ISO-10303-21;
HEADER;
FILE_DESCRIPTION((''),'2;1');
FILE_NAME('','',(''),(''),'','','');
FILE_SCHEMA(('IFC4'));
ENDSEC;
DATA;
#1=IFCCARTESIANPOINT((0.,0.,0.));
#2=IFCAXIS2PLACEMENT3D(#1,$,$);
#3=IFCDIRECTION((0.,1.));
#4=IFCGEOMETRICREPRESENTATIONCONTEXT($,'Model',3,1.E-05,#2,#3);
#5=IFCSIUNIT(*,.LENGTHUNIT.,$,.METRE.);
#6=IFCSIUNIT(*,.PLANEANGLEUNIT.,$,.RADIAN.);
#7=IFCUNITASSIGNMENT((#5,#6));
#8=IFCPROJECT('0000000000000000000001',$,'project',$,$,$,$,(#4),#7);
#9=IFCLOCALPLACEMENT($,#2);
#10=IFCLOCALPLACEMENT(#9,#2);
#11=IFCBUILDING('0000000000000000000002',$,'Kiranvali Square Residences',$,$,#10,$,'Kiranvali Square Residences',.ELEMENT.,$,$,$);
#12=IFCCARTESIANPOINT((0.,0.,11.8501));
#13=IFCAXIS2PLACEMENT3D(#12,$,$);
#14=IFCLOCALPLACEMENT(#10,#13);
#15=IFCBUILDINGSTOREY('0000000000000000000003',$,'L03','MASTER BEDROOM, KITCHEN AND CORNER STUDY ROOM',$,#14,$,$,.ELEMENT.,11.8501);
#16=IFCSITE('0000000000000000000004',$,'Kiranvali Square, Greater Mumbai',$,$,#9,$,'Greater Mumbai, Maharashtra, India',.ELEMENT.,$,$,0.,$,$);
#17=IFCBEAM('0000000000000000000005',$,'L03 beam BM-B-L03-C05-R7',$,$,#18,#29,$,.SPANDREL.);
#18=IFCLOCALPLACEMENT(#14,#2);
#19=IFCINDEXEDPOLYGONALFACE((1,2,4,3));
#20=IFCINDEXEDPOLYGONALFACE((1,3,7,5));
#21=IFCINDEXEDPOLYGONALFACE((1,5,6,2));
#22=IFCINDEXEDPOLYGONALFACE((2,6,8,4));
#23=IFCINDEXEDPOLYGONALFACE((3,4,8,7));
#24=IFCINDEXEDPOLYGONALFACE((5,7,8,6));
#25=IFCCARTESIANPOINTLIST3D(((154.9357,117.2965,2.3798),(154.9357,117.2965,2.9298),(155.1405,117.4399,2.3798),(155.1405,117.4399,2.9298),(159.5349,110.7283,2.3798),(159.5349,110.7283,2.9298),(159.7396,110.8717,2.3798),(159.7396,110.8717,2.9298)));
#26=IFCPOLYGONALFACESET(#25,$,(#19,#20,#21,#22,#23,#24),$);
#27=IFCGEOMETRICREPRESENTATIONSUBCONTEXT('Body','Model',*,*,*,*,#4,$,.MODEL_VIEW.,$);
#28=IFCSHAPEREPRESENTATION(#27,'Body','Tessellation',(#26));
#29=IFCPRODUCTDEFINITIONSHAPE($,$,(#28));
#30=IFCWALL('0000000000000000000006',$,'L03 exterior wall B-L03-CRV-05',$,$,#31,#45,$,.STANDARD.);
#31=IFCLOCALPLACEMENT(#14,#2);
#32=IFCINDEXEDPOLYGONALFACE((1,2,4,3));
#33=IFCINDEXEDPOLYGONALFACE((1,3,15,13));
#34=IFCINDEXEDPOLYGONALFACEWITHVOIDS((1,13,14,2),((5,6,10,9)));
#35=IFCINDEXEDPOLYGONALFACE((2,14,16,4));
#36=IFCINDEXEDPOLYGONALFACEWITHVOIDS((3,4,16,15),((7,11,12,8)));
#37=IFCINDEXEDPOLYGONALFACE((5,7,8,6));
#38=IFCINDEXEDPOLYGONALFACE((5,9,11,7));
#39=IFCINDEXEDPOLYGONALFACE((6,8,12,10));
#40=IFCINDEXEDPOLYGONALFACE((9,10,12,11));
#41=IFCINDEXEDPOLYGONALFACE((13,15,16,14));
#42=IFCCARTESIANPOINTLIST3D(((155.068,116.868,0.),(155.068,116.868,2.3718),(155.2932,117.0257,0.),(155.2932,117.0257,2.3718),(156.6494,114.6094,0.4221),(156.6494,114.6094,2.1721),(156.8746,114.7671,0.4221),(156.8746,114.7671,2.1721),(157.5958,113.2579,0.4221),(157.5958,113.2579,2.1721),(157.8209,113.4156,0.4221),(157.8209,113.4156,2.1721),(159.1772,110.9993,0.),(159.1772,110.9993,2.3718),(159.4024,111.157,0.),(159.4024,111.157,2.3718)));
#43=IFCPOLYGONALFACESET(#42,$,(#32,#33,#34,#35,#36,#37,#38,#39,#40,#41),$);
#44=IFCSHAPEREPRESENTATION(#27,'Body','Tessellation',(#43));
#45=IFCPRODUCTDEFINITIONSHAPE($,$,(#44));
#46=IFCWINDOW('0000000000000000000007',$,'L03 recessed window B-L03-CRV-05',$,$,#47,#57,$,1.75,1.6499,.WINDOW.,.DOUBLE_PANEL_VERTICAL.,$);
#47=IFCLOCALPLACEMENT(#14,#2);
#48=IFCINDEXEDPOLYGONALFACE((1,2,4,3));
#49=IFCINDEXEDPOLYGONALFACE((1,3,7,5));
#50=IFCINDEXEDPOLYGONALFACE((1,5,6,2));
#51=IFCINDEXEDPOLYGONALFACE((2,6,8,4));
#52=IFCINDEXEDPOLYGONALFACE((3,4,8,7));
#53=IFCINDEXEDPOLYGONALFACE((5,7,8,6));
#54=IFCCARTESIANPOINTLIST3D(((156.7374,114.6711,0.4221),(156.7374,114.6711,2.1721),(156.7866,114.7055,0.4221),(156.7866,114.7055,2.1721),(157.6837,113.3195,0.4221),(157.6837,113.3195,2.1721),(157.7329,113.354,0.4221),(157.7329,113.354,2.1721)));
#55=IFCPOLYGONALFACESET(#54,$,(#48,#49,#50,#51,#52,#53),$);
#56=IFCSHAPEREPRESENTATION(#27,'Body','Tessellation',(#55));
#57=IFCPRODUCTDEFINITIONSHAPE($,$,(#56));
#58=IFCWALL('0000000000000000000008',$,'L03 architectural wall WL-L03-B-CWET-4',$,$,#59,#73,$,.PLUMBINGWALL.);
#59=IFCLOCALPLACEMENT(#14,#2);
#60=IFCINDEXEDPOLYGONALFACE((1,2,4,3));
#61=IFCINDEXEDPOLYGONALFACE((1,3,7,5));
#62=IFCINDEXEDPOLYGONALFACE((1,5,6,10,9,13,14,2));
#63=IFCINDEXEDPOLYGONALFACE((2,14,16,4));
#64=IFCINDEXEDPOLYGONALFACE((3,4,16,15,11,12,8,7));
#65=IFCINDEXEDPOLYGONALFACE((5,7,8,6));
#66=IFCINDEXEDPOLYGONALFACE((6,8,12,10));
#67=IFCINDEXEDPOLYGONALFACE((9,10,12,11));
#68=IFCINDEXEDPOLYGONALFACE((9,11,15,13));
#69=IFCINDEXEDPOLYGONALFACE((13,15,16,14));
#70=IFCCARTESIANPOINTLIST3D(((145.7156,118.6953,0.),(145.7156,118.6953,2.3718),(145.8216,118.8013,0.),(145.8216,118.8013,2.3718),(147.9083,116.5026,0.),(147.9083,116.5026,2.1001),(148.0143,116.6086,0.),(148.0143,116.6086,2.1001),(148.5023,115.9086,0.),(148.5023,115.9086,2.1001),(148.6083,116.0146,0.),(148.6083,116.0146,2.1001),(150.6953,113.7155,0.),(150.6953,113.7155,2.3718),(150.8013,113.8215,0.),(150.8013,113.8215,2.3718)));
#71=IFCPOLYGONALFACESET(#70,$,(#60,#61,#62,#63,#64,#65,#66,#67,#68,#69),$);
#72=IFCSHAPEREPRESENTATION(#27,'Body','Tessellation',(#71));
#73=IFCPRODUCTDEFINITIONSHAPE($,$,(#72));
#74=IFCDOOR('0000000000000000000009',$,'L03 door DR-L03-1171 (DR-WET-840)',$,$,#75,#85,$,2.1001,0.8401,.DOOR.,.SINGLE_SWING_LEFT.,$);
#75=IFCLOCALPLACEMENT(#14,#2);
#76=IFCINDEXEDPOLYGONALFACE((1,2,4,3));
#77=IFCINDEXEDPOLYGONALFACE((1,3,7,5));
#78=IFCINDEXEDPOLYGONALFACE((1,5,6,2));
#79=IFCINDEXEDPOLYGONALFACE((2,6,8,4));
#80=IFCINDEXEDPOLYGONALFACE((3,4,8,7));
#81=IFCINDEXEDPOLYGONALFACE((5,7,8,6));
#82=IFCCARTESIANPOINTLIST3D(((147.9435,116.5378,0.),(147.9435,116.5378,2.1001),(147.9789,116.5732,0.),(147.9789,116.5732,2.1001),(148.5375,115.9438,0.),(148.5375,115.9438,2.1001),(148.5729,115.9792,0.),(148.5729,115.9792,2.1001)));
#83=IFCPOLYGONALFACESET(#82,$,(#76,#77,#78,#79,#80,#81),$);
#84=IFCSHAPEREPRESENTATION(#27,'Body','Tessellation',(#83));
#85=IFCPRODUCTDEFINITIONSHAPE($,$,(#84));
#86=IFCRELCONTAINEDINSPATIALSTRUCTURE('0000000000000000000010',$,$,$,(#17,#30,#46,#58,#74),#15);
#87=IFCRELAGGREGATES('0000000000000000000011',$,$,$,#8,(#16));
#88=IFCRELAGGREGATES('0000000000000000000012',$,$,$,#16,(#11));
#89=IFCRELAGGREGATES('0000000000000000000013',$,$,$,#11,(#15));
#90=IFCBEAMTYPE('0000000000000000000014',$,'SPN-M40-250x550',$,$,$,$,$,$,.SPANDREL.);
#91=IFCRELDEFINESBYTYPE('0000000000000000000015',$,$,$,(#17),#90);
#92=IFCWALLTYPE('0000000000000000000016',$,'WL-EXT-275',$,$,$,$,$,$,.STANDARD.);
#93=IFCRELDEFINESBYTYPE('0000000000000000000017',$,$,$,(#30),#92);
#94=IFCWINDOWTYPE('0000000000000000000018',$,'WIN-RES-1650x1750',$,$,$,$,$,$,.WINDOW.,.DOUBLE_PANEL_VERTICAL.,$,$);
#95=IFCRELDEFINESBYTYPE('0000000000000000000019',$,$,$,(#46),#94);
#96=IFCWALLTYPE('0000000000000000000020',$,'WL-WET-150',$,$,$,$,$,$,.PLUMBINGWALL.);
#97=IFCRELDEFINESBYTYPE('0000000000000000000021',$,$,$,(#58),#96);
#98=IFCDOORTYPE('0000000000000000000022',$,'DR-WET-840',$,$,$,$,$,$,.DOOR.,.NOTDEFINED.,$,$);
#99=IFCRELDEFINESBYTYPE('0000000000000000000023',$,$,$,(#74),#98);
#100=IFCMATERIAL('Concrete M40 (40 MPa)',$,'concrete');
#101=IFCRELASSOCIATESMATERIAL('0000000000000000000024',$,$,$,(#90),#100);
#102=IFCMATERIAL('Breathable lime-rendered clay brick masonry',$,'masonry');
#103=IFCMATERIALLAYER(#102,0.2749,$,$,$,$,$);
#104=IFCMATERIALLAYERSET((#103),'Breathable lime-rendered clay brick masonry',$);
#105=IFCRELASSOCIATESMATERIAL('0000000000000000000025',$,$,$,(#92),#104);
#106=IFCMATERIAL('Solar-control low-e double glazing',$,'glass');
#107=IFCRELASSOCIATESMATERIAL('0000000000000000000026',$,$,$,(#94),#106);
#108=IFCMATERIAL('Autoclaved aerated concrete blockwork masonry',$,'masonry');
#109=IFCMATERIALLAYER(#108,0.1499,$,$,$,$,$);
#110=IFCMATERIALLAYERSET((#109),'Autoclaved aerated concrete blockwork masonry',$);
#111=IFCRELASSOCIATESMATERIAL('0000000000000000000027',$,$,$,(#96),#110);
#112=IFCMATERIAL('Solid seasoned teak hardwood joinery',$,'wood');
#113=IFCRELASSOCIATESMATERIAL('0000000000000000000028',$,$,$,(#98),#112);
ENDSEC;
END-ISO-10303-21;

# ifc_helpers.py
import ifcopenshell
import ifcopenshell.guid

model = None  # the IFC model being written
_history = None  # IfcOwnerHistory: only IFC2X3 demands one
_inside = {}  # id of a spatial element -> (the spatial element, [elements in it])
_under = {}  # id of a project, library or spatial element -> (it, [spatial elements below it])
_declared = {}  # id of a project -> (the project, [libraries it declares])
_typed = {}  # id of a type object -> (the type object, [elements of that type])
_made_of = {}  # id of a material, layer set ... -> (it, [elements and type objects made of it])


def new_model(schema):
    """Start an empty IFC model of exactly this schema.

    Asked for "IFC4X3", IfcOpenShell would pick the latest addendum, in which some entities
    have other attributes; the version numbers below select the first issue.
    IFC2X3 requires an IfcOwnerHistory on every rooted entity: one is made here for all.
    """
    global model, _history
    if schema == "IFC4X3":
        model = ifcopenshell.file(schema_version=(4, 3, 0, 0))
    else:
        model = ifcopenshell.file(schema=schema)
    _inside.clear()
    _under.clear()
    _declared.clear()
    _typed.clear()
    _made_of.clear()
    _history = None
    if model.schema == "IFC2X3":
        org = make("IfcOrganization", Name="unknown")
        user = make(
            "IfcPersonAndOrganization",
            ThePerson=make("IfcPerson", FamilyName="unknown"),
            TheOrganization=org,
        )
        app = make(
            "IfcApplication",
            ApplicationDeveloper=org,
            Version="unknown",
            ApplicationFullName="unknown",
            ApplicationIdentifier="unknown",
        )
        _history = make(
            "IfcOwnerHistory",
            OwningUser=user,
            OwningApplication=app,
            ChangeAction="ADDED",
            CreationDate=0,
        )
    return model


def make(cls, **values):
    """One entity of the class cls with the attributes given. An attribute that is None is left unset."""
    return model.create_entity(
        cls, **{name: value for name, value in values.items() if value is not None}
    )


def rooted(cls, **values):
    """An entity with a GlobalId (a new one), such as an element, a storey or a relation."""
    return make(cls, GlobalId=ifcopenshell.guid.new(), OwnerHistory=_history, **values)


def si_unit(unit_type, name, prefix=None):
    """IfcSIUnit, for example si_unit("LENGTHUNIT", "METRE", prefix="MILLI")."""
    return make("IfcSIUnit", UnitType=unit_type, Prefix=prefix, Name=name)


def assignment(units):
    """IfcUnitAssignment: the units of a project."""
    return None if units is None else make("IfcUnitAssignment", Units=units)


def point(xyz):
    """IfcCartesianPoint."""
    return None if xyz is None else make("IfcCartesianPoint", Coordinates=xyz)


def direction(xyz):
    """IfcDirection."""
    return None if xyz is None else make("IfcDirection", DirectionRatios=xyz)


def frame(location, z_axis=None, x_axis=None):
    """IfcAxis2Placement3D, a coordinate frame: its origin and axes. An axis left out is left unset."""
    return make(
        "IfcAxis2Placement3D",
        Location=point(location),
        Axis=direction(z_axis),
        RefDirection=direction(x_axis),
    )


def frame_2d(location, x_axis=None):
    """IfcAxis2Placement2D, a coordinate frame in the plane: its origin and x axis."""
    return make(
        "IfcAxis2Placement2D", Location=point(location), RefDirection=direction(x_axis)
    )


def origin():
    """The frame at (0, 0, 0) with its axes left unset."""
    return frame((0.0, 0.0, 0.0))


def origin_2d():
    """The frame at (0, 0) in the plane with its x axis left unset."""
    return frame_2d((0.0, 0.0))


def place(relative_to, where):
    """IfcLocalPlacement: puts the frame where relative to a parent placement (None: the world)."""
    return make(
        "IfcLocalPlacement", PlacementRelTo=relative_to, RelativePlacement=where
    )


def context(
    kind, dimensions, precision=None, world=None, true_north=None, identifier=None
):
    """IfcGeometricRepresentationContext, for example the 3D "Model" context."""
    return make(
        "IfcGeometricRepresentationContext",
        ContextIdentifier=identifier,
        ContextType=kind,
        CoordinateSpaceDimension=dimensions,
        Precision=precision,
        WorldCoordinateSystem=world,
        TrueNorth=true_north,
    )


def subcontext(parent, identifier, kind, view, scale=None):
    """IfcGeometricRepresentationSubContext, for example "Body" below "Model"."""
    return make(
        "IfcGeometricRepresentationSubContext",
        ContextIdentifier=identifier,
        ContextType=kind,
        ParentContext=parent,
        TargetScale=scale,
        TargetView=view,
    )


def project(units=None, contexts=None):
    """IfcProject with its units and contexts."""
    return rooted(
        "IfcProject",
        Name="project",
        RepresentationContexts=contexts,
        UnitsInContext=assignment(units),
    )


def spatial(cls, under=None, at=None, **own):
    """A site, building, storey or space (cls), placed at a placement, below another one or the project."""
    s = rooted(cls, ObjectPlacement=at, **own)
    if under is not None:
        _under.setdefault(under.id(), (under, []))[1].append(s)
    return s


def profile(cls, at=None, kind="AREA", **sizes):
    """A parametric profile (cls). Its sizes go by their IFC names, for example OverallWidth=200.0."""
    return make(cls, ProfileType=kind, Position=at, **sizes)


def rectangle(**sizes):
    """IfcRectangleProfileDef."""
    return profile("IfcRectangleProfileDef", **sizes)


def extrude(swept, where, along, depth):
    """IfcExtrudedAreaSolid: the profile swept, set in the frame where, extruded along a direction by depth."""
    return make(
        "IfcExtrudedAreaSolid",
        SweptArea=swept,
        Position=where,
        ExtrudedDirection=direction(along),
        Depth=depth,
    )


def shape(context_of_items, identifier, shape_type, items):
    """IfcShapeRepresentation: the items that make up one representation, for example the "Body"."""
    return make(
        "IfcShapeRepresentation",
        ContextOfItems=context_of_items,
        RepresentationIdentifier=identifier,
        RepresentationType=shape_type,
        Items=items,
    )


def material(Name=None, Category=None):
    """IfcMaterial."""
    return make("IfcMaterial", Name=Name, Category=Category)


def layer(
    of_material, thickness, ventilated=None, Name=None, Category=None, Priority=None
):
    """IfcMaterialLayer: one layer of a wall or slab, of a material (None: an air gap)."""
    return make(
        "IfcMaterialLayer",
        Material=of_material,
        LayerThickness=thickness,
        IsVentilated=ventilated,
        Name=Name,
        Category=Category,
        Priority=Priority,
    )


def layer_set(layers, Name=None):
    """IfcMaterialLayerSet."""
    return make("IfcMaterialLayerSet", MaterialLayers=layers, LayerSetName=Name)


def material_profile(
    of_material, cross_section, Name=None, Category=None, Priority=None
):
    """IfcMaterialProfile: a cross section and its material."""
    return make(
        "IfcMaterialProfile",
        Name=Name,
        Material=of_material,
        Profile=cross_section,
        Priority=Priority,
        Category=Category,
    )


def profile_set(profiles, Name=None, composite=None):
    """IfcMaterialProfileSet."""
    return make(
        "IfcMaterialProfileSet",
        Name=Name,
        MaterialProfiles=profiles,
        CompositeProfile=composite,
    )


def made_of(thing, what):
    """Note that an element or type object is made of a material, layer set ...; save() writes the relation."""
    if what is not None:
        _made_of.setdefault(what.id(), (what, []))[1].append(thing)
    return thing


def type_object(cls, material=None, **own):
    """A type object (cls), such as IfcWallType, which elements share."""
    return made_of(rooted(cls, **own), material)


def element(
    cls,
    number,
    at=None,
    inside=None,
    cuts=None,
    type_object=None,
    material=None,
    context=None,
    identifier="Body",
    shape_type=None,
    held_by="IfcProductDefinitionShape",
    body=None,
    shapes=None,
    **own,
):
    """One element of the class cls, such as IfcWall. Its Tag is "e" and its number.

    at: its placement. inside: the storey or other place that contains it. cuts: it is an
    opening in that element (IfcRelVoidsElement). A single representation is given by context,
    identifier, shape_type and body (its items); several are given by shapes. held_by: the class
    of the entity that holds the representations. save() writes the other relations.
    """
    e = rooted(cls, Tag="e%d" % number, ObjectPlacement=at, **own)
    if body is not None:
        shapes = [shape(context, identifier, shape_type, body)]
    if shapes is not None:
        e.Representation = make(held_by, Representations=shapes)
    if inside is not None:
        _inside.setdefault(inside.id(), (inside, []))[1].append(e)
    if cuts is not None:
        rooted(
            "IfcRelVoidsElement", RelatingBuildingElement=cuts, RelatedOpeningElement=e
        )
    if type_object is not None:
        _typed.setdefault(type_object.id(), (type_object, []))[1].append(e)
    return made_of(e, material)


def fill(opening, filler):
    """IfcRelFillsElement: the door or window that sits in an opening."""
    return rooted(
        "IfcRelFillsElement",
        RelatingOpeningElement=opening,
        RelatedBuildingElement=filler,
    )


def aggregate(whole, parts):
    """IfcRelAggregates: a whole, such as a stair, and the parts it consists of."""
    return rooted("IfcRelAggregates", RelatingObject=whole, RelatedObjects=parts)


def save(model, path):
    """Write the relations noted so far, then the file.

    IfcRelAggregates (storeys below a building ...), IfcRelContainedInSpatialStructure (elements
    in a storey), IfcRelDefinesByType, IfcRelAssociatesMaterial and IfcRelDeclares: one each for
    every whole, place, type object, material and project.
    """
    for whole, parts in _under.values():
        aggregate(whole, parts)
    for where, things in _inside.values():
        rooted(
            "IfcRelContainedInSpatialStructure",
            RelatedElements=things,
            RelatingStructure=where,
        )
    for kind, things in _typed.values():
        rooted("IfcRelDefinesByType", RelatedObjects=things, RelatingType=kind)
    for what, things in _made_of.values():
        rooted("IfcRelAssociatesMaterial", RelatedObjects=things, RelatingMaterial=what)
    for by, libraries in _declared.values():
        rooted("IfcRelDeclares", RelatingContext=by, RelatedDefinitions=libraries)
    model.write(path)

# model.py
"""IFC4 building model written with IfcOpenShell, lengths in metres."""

from ifc_helpers import new_model, si_unit, direction, frame, frame_2d, origin, origin_2d, place, context, subcontext, project, spatial, rectangle, extrude, material, layer, layer_set, material_profile, profile_set, type_object, element, fill, save


model = new_model("IFC4")

# Units and contexts
model_context = context("Model", 3, precision=1e-05, world=origin(), true_north=direction((0.0, 1.0)))
body_context = subcontext(model_context, "Body", "Model", "MODEL_VIEW")
ifc_project = project(units=[si_unit("LENGTHUNIT", "METRE"), si_unit("PLANEANGLEUNIT", "RADIAN")], contexts=[model_context])

# Site, building, storey
site_placement = place(None, origin())
site = spatial("IfcSite", under=ifc_project, at=site_placement, Name="Kiranvali Square, Greater Mumbai", LongName="Greater Mumbai, Maharashtra, India", CompositionType="ELEMENT", RefElevation=0.0)
building_placement = place(site_placement, origin())
building = spatial("IfcBuilding", under=site, at=building_placement, Name="Kiranvali Square Residences", LongName="Kiranvali Square Residences", CompositionType="ELEMENT")
storey_placement = place(building_placement, frame((0.0, 0.0, 11.8501)))
storey = spatial("IfcBuildingStorey", under=building, at=storey_placement, Name="L03", Description="MASTER BEDROOM, KITCHEN AND CORNER STUDY ROOM", CompositionType="ELEMENT", Elevation=11.8501)

# Beam
ifc_material_1 = material(Name="Concrete M40 (40 MPa)", Category="concrete")
ifc_material_profile_1 = material_profile(ifc_material_1, rectangle(XDim=0.25, YDim=0.55, at=origin_2d()), Name="RC 250x550")
ifc_profile_set_1 = profile_set([ifc_material_profile_1], Name="Concrete M40 (40 MPa)")
beam_type_1 = type_object("IfcBeamType", Name="SPN-M40-250x550", PredefinedType="SPANDREL", material=ifc_profile_set_1)
beam_1_placement = place(storey_placement, frame((155.0381, 117.3682, 2.6548), z_axis=(0.573583, -0.819148, 0.0), x_axis=(0.819148, 0.573583, 0.0)))
element("IfcBeam", 1, at=beam_1_placement, inside=storey, type_object=beam_type_1, Name="L03 beam BM-B-L03-C05-R7", PredefinedType="SPANDREL", context=body_context, shape_type="SweptSolid", body=[
    extrude(rectangle(XDim=0.25, YDim=0.55, at=origin_2d()), origin(), (0.0, 0.0, 1.0), 8.0183),
])

# Shared definitions
ifc_material_2 = material(Name="Breathable lime-rendered clay brick masonry", Category="masonry")
ifc_layer_1 = layer(ifc_material_2, 0.2749)
ifc_layer_set_1 = layer_set([ifc_layer_1], Name="Breathable lime-rendered clay brick masonry")
wall_type_1 = type_object("IfcWallType", Name="WL-EXT-275", PredefinedType="STANDARD", material=ifc_layer_set_1)
ifc_material_3 = material(Name="Solar-control low-e double glazing", Category="glass")

# Wall, opening, window
wall_1_placement = place(storey_placement, frame((155.1807, 116.9468, 0.0), z_axis=(0.0, 0.0, 1.0), x_axis=(0.573563, -0.819161, 0.0)))
wall_1 = element("IfcWall", 2, at=wall_1_placement, inside=storey, type_object=wall_type_1, Name="L03 exterior wall B-L03-CRV-05", PredefinedType="STANDARD", context=body_context, shape_type="SweptSolid", body=[
    extrude(rectangle(XDim=7.1643, YDim=0.2749, at=frame_2d((3.582, 0.0))), origin(), (0.0, 0.0, 1.0), 2.3718),
])
opening_1_placement = place(wall_1_placement, frame((2.7571, 0.0, 0.4221)))
opening_1 = element("IfcOpeningElement", 3, at=opening_1_placement, cuts=wall_1, PredefinedType="OPENING", context=body_context, shape_type="SweptSolid", body=[
    extrude(rectangle(XDim=1.6499, YDim=1.75, at=frame_2d((0.825, 0.875))), frame((0.0, 0.1475, 0.0), z_axis=(0.0, -1.0, 0.0), x_axis=(1.0, 0.0, 0.0)), (0.0, 0.0, 1.0), 0.2949),
])
window_type_1 = type_object("IfcWindowType", Name="WIN-RES-1650x1750", PartitioningType="DOUBLE_PANEL_VERTICAL", PredefinedType="WINDOW", material=ifc_material_3)
window_1_placement = place(opening_1_placement, origin())
window_1 = element("IfcWindow", 4, at=window_1_placement, inside=storey, type_object=window_type_1, Name="L03 recessed window B-L03-CRV-05", OverallHeight=1.75, OverallWidth=1.6499, PartitioningType="DOUBLE_PANEL_VERTICAL", PredefinedType="WINDOW", context=body_context, shape_type="SweptSolid", body=[
    extrude(rectangle(XDim=1.6499, YDim=1.75, at=frame_2d((0.825, 0.875))), frame((0.0, 0.03, 0.0), z_axis=(0.0, -1.0, 0.0), x_axis=(1.0, 0.0, 0.0)), (0.0, 0.0, 1.0), 0.0601),
])
fill(opening_1, window_1)

# Wall, opening, door
ifc_material_4 = material(Name="Autoclaved aerated concrete blockwork masonry", Category="masonry")
ifc_layer_2 = layer(ifc_material_4, 0.1499)
ifc_layer_set_2 = layer_set([ifc_layer_2], Name="Autoclaved aerated concrete blockwork masonry")
wall_type_2 = type_object("IfcWallType", Name="WL-WET-150", PredefinedType="PLUMBINGWALL", material=ifc_layer_set_2)
wall_2_placement = place(storey_placement, frame((145.7686, 118.7483, 0.0), z_axis=(0.0, 0.0, 1.0), x_axis=(0.707107, -0.707107, 0.0)))
wall_2 = element("IfcWall", 5, at=wall_2_placement, inside=storey, type_object=wall_type_2, Name="L03 architectural wall WL-L03-B-CWET-4", PredefinedType="PLUMBINGWALL", context=body_context, shape_type="SweptSolid", body=[
    extrude(rectangle(XDim=7.0425, YDim=0.1499, at=frame_2d((3.5212, 0.0))), origin(), (0.0, 0.0, 1.0), 2.3718),
])
opening_2_placement = place(wall_2_placement, frame((3.1011, 0.0, 0.0)))
opening_2 = element("IfcOpeningElement", 6, at=opening_2_placement, cuts=wall_2, PredefinedType="OPENING", context=body_context, shape_type="SweptSolid", body=[
    extrude(rectangle(XDim=0.8401, YDim=2.1001, at=frame_2d((0.4199, 1.05))), frame((0.0, 0.085, 0.0), z_axis=(0.0, -1.0, 0.0), x_axis=(1.0, 0.0, 0.0)), (0.0, 0.0, 1.0), 0.1699),
])
ifc_material_5 = material(Name="Solid seasoned teak hardwood joinery", Category="wood")
door_type_1 = type_object("IfcDoorType", Name="DR-WET-840", OperationType="NOTDEFINED", PredefinedType="DOOR", material=ifc_material_5)
door_1_placement = place(opening_2_placement, origin())
door_1 = element("IfcDoor", 7, at=door_1_placement, inside=storey, type_object=door_type_1, Name="L03 door DR-L03-1171 (DR-WET-840)", OperationType="SINGLE_SWING_LEFT", OverallHeight=2.1001, OverallWidth=0.8401, PredefinedType="DOOR", context=body_context, shape_type="SweptSolid", body=[
    extrude(rectangle(XDim=0.8401, YDim=2.1001, at=frame_2d((0.4199, 1.05))), frame((0.0, 0.0249, 0.0), z_axis=(0.0, -1.0, 0.0), x_axis=(1.0, 0.0, 0.0)), (0.0, 0.0, 1.0), 0.05),
])
fill(opening_2, door_1)

save(model, "model.ifc")
